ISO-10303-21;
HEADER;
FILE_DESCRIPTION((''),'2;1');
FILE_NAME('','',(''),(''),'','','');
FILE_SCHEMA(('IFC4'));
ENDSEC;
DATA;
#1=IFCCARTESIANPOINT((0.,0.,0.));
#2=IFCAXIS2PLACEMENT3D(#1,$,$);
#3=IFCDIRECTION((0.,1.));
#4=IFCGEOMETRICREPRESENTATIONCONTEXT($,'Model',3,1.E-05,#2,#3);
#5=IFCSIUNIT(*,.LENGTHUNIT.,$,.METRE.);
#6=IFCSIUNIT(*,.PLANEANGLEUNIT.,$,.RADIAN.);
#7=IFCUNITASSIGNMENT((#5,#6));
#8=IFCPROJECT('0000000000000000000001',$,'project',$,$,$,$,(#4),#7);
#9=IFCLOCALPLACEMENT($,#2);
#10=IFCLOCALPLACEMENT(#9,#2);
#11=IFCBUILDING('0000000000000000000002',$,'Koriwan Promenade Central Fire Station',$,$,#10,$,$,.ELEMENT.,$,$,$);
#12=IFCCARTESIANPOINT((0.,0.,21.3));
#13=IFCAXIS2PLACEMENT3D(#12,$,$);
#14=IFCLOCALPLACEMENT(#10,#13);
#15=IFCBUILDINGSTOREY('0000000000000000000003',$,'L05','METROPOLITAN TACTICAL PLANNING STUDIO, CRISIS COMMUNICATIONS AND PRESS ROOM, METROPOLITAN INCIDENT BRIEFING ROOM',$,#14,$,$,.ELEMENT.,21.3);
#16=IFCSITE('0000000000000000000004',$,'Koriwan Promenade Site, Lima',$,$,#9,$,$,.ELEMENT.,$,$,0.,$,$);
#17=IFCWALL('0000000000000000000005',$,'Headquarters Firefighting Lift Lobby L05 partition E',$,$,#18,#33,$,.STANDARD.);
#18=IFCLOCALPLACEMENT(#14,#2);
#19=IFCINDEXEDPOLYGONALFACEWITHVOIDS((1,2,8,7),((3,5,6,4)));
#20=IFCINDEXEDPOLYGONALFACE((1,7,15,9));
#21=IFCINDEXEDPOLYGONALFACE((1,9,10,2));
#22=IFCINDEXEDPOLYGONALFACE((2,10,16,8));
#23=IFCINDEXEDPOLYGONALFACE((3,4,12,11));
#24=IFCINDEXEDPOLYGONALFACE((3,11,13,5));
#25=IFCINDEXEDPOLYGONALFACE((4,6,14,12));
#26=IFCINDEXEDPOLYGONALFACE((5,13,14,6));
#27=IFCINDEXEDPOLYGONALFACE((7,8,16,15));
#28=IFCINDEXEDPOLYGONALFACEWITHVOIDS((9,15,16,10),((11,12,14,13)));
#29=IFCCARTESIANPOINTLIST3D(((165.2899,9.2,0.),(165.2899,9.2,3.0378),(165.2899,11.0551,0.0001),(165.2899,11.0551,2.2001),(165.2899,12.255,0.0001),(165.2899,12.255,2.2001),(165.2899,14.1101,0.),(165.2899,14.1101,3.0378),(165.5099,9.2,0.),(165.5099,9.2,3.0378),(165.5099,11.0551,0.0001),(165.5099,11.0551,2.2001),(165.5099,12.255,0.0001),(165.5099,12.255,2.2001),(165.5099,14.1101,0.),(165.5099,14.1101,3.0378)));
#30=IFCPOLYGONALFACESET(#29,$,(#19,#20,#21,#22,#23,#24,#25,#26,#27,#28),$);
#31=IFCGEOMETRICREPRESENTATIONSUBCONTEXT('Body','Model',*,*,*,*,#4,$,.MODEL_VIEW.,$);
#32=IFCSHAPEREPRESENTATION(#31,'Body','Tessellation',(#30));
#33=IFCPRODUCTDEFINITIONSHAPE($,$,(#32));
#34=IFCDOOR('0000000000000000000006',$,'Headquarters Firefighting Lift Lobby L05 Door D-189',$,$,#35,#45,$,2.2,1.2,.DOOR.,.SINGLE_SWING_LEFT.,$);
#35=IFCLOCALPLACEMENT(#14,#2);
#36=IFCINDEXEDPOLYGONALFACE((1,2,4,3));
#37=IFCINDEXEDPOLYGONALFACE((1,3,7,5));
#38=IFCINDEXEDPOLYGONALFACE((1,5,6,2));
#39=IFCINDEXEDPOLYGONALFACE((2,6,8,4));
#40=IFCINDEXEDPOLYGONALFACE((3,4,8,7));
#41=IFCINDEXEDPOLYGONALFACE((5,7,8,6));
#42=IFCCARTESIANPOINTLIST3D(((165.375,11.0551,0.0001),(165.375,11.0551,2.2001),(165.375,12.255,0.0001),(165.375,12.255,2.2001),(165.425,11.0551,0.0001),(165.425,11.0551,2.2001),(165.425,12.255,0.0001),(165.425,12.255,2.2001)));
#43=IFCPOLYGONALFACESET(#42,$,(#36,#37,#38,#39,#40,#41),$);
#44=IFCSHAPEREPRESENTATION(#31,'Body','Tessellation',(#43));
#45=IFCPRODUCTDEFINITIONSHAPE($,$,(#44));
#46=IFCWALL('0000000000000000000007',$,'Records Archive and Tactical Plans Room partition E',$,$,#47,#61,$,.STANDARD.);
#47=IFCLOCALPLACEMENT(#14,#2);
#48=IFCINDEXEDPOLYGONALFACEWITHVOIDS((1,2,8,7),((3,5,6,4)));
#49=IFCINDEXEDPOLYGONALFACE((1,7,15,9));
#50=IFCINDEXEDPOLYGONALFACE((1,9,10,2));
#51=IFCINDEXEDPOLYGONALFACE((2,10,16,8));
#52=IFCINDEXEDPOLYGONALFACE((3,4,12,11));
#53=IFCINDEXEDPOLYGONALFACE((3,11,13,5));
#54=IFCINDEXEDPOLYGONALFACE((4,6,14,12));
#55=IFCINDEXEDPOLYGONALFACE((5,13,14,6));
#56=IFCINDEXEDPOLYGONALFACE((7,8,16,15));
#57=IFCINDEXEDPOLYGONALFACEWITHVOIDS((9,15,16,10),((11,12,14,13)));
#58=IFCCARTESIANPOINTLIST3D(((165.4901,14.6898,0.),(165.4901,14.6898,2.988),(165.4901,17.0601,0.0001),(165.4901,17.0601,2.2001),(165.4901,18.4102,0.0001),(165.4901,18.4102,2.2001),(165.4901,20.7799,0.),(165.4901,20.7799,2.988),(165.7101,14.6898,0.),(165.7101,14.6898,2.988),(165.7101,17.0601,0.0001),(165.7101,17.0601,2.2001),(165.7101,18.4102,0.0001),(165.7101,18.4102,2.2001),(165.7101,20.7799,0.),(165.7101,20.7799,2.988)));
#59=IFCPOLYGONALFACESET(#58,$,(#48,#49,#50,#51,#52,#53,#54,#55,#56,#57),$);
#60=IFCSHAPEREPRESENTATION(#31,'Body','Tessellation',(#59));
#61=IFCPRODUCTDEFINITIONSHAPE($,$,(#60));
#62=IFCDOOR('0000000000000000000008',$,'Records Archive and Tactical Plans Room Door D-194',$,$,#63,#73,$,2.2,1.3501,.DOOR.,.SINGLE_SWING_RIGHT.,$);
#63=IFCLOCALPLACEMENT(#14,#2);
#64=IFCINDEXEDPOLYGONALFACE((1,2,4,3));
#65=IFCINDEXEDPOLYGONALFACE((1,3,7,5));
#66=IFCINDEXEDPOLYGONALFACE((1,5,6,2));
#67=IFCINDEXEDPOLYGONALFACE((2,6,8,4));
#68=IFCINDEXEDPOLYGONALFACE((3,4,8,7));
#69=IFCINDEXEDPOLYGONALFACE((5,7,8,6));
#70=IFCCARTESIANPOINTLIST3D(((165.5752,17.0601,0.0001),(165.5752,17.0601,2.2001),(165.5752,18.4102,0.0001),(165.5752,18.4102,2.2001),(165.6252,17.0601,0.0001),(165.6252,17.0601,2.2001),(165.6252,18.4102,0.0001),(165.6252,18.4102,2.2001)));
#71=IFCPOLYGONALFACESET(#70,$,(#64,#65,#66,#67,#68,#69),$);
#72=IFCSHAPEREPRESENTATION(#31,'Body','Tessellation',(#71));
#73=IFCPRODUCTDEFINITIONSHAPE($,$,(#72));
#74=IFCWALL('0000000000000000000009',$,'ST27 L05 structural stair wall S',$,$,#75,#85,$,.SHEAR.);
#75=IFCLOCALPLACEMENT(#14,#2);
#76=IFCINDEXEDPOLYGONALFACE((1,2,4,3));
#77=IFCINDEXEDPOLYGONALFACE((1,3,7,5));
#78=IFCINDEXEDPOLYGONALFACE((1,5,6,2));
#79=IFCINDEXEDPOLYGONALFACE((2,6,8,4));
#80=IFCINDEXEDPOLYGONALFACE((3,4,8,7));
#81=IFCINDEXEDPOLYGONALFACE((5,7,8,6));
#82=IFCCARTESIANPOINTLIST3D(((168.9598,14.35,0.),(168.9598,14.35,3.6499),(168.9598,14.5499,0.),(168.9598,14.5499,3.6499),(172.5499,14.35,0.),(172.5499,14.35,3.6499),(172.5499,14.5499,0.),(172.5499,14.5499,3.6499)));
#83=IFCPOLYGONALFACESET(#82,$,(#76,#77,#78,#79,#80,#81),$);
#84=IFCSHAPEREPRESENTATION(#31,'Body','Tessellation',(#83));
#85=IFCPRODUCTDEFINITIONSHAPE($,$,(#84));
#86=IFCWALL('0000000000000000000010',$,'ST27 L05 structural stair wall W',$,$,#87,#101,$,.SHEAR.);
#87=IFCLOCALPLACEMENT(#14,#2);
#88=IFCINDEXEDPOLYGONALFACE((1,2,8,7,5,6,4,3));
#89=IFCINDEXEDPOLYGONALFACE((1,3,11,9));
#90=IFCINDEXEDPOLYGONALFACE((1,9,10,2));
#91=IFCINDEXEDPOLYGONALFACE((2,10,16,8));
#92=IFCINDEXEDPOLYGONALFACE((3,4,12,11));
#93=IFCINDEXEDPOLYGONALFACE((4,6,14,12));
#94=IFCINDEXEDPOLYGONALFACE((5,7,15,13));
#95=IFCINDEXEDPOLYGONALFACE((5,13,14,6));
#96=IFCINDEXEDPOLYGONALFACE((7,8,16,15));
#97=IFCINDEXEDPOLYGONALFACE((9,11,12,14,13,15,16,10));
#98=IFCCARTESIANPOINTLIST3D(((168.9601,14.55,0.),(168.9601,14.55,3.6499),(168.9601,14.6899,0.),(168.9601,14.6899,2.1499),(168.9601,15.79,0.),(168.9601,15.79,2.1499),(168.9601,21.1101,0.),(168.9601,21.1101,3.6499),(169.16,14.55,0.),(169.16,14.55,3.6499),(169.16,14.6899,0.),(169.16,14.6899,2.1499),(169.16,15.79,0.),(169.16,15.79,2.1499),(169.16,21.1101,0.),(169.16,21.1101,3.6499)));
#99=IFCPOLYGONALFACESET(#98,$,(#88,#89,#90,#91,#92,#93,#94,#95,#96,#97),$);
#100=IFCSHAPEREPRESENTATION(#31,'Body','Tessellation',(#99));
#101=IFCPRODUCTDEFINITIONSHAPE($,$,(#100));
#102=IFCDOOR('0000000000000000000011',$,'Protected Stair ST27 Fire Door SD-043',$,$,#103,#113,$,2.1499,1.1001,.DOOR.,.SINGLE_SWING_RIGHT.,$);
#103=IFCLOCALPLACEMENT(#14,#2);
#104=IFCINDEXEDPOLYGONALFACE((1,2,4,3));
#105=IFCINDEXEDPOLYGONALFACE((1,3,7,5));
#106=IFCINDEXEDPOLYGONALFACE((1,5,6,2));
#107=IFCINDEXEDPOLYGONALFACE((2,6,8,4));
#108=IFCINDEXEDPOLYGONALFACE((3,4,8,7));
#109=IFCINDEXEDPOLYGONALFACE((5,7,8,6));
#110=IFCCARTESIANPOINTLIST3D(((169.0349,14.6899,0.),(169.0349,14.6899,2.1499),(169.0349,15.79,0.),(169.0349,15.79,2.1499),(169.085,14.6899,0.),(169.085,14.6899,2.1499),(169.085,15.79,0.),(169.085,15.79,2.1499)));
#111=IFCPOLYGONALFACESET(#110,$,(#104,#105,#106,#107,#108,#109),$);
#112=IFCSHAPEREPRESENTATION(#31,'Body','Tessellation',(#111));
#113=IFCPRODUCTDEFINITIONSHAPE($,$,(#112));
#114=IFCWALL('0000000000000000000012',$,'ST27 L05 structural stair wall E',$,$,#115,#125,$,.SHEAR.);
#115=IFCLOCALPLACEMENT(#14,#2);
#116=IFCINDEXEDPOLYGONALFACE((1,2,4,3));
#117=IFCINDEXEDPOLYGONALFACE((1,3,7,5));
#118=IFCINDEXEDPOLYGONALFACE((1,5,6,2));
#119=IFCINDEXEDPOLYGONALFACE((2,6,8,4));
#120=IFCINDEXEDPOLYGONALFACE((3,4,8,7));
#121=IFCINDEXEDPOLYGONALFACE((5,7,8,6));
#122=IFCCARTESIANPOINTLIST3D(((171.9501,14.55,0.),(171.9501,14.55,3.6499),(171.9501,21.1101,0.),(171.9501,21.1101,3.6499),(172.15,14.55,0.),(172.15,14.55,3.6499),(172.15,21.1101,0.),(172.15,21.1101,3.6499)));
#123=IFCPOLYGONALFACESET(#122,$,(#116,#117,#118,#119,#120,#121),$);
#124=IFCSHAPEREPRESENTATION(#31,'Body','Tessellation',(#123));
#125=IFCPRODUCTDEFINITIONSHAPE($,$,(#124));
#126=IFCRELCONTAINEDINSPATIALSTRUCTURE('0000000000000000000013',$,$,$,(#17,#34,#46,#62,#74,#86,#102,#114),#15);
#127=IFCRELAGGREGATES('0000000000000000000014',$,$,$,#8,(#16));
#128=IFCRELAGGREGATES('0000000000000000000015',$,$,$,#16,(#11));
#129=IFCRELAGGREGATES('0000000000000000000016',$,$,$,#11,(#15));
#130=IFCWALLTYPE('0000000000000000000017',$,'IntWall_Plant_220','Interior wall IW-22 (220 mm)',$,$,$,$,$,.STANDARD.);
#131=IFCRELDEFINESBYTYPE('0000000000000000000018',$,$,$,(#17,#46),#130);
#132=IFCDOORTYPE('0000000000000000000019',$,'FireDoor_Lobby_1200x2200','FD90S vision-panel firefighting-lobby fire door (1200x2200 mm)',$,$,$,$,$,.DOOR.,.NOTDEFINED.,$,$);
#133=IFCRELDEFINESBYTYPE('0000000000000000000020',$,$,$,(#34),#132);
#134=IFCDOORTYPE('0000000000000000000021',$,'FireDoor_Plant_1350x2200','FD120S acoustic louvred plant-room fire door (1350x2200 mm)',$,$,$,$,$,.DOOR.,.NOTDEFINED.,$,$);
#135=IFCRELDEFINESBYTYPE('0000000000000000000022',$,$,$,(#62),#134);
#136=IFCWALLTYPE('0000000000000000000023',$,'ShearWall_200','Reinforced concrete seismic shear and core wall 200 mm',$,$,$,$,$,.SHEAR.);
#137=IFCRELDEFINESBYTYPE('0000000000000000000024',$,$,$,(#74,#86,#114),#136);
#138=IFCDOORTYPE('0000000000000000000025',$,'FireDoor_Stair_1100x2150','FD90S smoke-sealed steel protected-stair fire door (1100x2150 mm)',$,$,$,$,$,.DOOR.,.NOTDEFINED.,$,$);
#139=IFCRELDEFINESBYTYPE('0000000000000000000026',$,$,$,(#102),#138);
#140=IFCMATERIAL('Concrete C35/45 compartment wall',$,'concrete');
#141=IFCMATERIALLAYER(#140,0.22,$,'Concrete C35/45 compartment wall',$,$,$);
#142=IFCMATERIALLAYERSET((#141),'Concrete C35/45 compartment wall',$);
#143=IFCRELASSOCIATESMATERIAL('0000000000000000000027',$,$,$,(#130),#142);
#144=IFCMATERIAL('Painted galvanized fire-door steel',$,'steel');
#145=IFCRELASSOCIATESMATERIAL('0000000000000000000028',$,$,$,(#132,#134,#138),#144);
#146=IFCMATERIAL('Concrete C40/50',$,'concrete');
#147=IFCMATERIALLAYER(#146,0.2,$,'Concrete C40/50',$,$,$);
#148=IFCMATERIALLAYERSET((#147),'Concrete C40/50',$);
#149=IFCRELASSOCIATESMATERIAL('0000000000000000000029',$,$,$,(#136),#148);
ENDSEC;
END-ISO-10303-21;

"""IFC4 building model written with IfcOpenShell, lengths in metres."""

from ifc_helpers import new_model, si_unit, direction, frame, frame_2d, origin, place, context, subcontext, project, spatial, rectangle, extrude, material, layer, layer_set, type_object, element, fill, save


model = new_model("IFC4")

# Units and contexts
model_context = context("Model", 3, precision=1e-05, world=origin(), true_north=direction((0.0, 1.0)))
body_context = subcontext(model_context, "Body", "Model", "MODEL_VIEW")
ifc_project = project(units=[si_unit("LENGTHUNIT", "METRE"), si_unit("PLANEANGLEUNIT", "RADIAN")], contexts=[model_context])

# Site, building, storey
site_placement = place(None, origin())
site = spatial("IfcSite", under=ifc_project, at=site_placement, Name="Koriwan Promenade Site, Lima", CompositionType="ELEMENT", RefElevation=0.0)
building_placement = place(site_placement, origin())
building = spatial("IfcBuilding", under=site, at=building_placement, Name="Koriwan Promenade Central Fire Station", CompositionType="ELEMENT")
storey_placement = place(building_placement, frame((0.0, 0.0, 21.3)))
storey = spatial("IfcBuildingStorey", under=building, at=storey_placement, Name="L05", Description="METROPOLITAN TACTICAL PLANNING STUDIO, CRISIS COMMUNICATIONS AND PRESS ROOM, METROPOLITAN INCIDENT BRIEFING ROOM", CompositionType="ELEMENT", Elevation=21.3)

# Shared definitions
ifc_material_1 = material(Name="Concrete C40/50", Category="concrete")

# Walls, openings, doors
ifc_material_2 = material(Name="Concrete C35/45 compartment wall", Category="concrete")
ifc_layer_1 = layer(ifc_material_2, 0.22, Name="Concrete C35/45 compartment wall")
ifc_layer_set_1 = layer_set([ifc_layer_1], Name="Concrete C35/45 compartment wall")
wall_type_1 = type_object("IfcWallType", Name="IntWall_Plant_220", Description="Interior wall IW-22 (220 mm)", PredefinedType="STANDARD", material=ifc_layer_set_1)
wall_1_placement = place(storey_placement, frame((165.3999, 9.2, 0.0), z_axis=(0.0, 0.0, 1.0), x_axis=(0.0, 1.0, 0.0)))
wall_1 = element("IfcWall", 1, at=wall_1_placement, inside=storey, type_object=wall_type_1, Name="Headquarters Firefighting Lift Lobby L05 partition E", PredefinedType="STANDARD", context=body_context, shape_type="SweptSolid", body=[
    extrude(rectangle(XDim=4.9102, YDim=0.22, at=frame_2d((2.4551, 0.0))), origin(), (0.0, 0.0, 1.0), 3.0378),
])
opening_1_placement = place(wall_1_placement, frame((1.855, 0.0, 0.0)))
opening_1 = element("IfcOpeningElement", 2, at=opening_1_placement, cuts=wall_1, PredefinedType="OPENING", context=body_context, shape_type="SweptSolid", body=[
    extrude(rectangle(XDim=1.2, YDim=2.2, at=frame_2d((0.6001, 1.1001))), frame((0.0, 0.1221, 0.0), z_axis=(0.0, -1.0, 0.0), x_axis=(1.0, 0.0, 0.0)), (0.0, 0.0, 1.0), 0.2439),
])
ifc_material_3 = material(Name="Painted galvanized fire-door steel", Category="steel")
door_type_1 = type_object("IfcDoorType", Name="FireDoor_Lobby_1200x2200", Description="FD90S vision-panel firefighting-lobby fire door (1200x2200 mm)", OperationType="NOTDEFINED", PredefinedType="DOOR", material=ifc_material_3)
door_1_placement = place(opening_1_placement, origin())
door_1 = element("IfcDoor", 3, at=door_1_placement, inside=storey, type_object=door_type_1, Name="Headquarters Firefighting Lift Lobby L05 Door D-189", OperationType="SINGLE_SWING_LEFT", OverallHeight=2.2, OverallWidth=1.2, PredefinedType="DOOR", context=body_context, shape_type="SweptSolid", body=[
    extrude(rectangle(XDim=1.2, YDim=2.2, at=frame_2d((0.6001, 1.1001))), frame((0.0, 0.0249, 0.0), z_axis=(0.0, -1.0, 0.0), x_axis=(1.0, 0.0, 0.0)), (0.0, 0.0, 1.0), 0.05),
])
fill(opening_1, door_1)
wall_2_placement = place(storey_placement, frame((165.6001, 14.6899, 0.0), z_axis=(0.0, 0.0, 1.0), x_axis=(0.0, 1.0, 0.0)))
wall_2 = element("IfcWall", 4, at=wall_2_placement, inside=storey, type_object=wall_type_1, Name="Records Archive and Tactical Plans Room partition E", PredefinedType="STANDARD", context=body_context, shape_type="SweptSolid", body=[
    extrude(rectangle(XDim=6.0901, YDim=0.22, at=frame_2d((3.0449, 0.0))), origin(), (0.0, 0.0, 1.0), 2.988),
])
opening_2_placement = place(wall_2_placement, frame((2.3701, 0.0, 0.0)))
opening_2 = element("IfcOpeningElement", 5, at=opening_2_placement, cuts=wall_2, PredefinedType="OPENING", context=body_context, shape_type="SweptSolid", body=[
    extrude(rectangle(XDim=1.3501, YDim=2.2, at=frame_2d((0.675, 1.1001))), frame((0.0, 0.1221, 0.0), z_axis=(0.0, -1.0, 0.0), x_axis=(1.0, 0.0, 0.0)), (0.0, 0.0, 1.0), 0.2439),
])
door_type_2 = type_object("IfcDoorType", Name="FireDoor_Plant_1350x2200", Description="FD120S acoustic louvred plant-room fire door (1350x2200 mm)", OperationType="NOTDEFINED", PredefinedType="DOOR", material=ifc_material_3)
door_2_placement = place(opening_2_placement, origin())
door_2 = element("IfcDoor", 6, at=door_2_placement, inside=storey, type_object=door_type_2, Name="Records Archive and Tactical Plans Room Door D-194", OperationType="SINGLE_SWING_RIGHT", OverallHeight=2.2, OverallWidth=1.3501, PredefinedType="DOOR", context=body_context, shape_type="SweptSolid", body=[
    extrude(rectangle(XDim=1.3501, YDim=2.2, at=frame_2d((0.675, 1.1001))), frame((0.0, 0.0249, 0.0), z_axis=(0.0, -1.0, 0.0), x_axis=(1.0, 0.0, 0.0)), (0.0, 0.0, 1.0), 0.05),
])
fill(opening_2, door_2)

# Wall
ifc_layer_2 = layer(ifc_material_1, 0.2, Name="Concrete C40/50")
ifc_layer_set_2 = layer_set([ifc_layer_2], Name="Concrete C40/50")
wall_type_2 = type_object("IfcWallType", Name="ShearWall_200", Description="Reinforced concrete seismic shear and core wall 200 mm", PredefinedType="SHEAR", material=ifc_layer_set_2)
wall_3_placement = place(storey_placement, frame((168.96, 14.45, 0.0), z_axis=(0.0, 0.0, 1.0), x_axis=(1.0, 0.0, 0.0)))
element("IfcWall", 7, at=wall_3_placement, inside=storey, type_object=wall_type_2, Name="ST27 L05 structural stair wall S", PredefinedType="SHEAR", context=body_context, shape_type="SweptSolid", body=[
    extrude(rectangle(XDim=3.5901, YDim=0.2, at=frame_2d((1.7949, 0.0))), origin(), (0.0, 0.0, 1.0), 3.6499),
])

# Wall, opening, door
wall_4_placement = place(storey_placement, frame((169.0601, 14.55, 0.0), z_axis=(0.0, 0.0, 1.0), x_axis=(0.0, 1.0, 0.0)))
wall_4 = element("IfcWall", 8, at=wall_4_placement, inside=storey, type_object=wall_type_2, Name="ST27 L05 structural stair wall W", PredefinedType="SHEAR", context=body_context, shape_type="SweptSolid", body=[
    extrude(rectangle(XDim=6.5601, YDim=0.2, at=frame_2d((3.28, 0.0))), origin(), (0.0, 0.0, 1.0), 3.6499),
])
opening_3_placement = place(wall_4_placement, frame((0.1399, 0.0, 0.0)))
opening_3 = element("IfcOpeningElement", 9, at=opening_3_placement, cuts=wall_4, PredefinedType="OPENING", context=body_context, shape_type="SweptSolid", body=[
    extrude(rectangle(XDim=1.1001, YDim=2.1499, at=frame_2d((0.55, 1.075))), frame((0.0, 0.1118, 0.0), z_axis=(0.0, -1.0, 0.0), x_axis=(1.0, 0.0, 0.0)), (0.0, 0.0, 1.0), 0.2239),
])
door_type_3 = type_object("IfcDoorType", Name="FireDoor_Stair_1100x2150", Description="FD90S smoke-sealed steel protected-stair fire door (1100x2150 mm)", OperationType="NOTDEFINED", PredefinedType="DOOR", material=ifc_material_3)
door_3_placement = place(opening_3_placement, frame((1.1001, 0.0, 0.0), z_axis=(0.0, 0.0, 1.0), x_axis=(-1.0, 0.0, 0.0)))
door_3 = element("IfcDoor", 10, at=door_3_placement, inside=storey, type_object=door_type_3, Name="Protected Stair ST27 Fire Door SD-043", OperationType="SINGLE_SWING_RIGHT", OverallHeight=2.1499, OverallWidth=1.1001, PredefinedType="DOOR", context=body_context, shape_type="SweptSolid", body=[
    extrude(rectangle(XDim=1.1001, YDim=2.1499, at=frame_2d((0.55, 1.075))), frame((0.0, 0.0249, 0.0), z_axis=(0.0, -1.0, 0.0), x_axis=(1.0, 0.0, 0.0)), (0.0, 0.0, 1.0), 0.05),
])
fill(opening_3, door_3)

# Wall
wall_5_placement = place(storey_placement, frame((172.05, 14.55, 0.0), z_axis=(0.0, 0.0, 1.0), x_axis=(0.0, 1.0, 0.0)))
element("IfcWall", 11, at=wall_5_placement, inside=storey, type_object=wall_type_2, Name="ST27 L05 structural stair wall E", PredefinedType="SHEAR", context=body_context, shape_type="SweptSolid", body=[
    extrude(rectangle(XDim=6.5601, YDim=0.2, at=frame_2d((3.28, 0.0))), origin(), (0.0, 0.0, 1.0), 3.6499),
])

save(model, "model.ifc")
